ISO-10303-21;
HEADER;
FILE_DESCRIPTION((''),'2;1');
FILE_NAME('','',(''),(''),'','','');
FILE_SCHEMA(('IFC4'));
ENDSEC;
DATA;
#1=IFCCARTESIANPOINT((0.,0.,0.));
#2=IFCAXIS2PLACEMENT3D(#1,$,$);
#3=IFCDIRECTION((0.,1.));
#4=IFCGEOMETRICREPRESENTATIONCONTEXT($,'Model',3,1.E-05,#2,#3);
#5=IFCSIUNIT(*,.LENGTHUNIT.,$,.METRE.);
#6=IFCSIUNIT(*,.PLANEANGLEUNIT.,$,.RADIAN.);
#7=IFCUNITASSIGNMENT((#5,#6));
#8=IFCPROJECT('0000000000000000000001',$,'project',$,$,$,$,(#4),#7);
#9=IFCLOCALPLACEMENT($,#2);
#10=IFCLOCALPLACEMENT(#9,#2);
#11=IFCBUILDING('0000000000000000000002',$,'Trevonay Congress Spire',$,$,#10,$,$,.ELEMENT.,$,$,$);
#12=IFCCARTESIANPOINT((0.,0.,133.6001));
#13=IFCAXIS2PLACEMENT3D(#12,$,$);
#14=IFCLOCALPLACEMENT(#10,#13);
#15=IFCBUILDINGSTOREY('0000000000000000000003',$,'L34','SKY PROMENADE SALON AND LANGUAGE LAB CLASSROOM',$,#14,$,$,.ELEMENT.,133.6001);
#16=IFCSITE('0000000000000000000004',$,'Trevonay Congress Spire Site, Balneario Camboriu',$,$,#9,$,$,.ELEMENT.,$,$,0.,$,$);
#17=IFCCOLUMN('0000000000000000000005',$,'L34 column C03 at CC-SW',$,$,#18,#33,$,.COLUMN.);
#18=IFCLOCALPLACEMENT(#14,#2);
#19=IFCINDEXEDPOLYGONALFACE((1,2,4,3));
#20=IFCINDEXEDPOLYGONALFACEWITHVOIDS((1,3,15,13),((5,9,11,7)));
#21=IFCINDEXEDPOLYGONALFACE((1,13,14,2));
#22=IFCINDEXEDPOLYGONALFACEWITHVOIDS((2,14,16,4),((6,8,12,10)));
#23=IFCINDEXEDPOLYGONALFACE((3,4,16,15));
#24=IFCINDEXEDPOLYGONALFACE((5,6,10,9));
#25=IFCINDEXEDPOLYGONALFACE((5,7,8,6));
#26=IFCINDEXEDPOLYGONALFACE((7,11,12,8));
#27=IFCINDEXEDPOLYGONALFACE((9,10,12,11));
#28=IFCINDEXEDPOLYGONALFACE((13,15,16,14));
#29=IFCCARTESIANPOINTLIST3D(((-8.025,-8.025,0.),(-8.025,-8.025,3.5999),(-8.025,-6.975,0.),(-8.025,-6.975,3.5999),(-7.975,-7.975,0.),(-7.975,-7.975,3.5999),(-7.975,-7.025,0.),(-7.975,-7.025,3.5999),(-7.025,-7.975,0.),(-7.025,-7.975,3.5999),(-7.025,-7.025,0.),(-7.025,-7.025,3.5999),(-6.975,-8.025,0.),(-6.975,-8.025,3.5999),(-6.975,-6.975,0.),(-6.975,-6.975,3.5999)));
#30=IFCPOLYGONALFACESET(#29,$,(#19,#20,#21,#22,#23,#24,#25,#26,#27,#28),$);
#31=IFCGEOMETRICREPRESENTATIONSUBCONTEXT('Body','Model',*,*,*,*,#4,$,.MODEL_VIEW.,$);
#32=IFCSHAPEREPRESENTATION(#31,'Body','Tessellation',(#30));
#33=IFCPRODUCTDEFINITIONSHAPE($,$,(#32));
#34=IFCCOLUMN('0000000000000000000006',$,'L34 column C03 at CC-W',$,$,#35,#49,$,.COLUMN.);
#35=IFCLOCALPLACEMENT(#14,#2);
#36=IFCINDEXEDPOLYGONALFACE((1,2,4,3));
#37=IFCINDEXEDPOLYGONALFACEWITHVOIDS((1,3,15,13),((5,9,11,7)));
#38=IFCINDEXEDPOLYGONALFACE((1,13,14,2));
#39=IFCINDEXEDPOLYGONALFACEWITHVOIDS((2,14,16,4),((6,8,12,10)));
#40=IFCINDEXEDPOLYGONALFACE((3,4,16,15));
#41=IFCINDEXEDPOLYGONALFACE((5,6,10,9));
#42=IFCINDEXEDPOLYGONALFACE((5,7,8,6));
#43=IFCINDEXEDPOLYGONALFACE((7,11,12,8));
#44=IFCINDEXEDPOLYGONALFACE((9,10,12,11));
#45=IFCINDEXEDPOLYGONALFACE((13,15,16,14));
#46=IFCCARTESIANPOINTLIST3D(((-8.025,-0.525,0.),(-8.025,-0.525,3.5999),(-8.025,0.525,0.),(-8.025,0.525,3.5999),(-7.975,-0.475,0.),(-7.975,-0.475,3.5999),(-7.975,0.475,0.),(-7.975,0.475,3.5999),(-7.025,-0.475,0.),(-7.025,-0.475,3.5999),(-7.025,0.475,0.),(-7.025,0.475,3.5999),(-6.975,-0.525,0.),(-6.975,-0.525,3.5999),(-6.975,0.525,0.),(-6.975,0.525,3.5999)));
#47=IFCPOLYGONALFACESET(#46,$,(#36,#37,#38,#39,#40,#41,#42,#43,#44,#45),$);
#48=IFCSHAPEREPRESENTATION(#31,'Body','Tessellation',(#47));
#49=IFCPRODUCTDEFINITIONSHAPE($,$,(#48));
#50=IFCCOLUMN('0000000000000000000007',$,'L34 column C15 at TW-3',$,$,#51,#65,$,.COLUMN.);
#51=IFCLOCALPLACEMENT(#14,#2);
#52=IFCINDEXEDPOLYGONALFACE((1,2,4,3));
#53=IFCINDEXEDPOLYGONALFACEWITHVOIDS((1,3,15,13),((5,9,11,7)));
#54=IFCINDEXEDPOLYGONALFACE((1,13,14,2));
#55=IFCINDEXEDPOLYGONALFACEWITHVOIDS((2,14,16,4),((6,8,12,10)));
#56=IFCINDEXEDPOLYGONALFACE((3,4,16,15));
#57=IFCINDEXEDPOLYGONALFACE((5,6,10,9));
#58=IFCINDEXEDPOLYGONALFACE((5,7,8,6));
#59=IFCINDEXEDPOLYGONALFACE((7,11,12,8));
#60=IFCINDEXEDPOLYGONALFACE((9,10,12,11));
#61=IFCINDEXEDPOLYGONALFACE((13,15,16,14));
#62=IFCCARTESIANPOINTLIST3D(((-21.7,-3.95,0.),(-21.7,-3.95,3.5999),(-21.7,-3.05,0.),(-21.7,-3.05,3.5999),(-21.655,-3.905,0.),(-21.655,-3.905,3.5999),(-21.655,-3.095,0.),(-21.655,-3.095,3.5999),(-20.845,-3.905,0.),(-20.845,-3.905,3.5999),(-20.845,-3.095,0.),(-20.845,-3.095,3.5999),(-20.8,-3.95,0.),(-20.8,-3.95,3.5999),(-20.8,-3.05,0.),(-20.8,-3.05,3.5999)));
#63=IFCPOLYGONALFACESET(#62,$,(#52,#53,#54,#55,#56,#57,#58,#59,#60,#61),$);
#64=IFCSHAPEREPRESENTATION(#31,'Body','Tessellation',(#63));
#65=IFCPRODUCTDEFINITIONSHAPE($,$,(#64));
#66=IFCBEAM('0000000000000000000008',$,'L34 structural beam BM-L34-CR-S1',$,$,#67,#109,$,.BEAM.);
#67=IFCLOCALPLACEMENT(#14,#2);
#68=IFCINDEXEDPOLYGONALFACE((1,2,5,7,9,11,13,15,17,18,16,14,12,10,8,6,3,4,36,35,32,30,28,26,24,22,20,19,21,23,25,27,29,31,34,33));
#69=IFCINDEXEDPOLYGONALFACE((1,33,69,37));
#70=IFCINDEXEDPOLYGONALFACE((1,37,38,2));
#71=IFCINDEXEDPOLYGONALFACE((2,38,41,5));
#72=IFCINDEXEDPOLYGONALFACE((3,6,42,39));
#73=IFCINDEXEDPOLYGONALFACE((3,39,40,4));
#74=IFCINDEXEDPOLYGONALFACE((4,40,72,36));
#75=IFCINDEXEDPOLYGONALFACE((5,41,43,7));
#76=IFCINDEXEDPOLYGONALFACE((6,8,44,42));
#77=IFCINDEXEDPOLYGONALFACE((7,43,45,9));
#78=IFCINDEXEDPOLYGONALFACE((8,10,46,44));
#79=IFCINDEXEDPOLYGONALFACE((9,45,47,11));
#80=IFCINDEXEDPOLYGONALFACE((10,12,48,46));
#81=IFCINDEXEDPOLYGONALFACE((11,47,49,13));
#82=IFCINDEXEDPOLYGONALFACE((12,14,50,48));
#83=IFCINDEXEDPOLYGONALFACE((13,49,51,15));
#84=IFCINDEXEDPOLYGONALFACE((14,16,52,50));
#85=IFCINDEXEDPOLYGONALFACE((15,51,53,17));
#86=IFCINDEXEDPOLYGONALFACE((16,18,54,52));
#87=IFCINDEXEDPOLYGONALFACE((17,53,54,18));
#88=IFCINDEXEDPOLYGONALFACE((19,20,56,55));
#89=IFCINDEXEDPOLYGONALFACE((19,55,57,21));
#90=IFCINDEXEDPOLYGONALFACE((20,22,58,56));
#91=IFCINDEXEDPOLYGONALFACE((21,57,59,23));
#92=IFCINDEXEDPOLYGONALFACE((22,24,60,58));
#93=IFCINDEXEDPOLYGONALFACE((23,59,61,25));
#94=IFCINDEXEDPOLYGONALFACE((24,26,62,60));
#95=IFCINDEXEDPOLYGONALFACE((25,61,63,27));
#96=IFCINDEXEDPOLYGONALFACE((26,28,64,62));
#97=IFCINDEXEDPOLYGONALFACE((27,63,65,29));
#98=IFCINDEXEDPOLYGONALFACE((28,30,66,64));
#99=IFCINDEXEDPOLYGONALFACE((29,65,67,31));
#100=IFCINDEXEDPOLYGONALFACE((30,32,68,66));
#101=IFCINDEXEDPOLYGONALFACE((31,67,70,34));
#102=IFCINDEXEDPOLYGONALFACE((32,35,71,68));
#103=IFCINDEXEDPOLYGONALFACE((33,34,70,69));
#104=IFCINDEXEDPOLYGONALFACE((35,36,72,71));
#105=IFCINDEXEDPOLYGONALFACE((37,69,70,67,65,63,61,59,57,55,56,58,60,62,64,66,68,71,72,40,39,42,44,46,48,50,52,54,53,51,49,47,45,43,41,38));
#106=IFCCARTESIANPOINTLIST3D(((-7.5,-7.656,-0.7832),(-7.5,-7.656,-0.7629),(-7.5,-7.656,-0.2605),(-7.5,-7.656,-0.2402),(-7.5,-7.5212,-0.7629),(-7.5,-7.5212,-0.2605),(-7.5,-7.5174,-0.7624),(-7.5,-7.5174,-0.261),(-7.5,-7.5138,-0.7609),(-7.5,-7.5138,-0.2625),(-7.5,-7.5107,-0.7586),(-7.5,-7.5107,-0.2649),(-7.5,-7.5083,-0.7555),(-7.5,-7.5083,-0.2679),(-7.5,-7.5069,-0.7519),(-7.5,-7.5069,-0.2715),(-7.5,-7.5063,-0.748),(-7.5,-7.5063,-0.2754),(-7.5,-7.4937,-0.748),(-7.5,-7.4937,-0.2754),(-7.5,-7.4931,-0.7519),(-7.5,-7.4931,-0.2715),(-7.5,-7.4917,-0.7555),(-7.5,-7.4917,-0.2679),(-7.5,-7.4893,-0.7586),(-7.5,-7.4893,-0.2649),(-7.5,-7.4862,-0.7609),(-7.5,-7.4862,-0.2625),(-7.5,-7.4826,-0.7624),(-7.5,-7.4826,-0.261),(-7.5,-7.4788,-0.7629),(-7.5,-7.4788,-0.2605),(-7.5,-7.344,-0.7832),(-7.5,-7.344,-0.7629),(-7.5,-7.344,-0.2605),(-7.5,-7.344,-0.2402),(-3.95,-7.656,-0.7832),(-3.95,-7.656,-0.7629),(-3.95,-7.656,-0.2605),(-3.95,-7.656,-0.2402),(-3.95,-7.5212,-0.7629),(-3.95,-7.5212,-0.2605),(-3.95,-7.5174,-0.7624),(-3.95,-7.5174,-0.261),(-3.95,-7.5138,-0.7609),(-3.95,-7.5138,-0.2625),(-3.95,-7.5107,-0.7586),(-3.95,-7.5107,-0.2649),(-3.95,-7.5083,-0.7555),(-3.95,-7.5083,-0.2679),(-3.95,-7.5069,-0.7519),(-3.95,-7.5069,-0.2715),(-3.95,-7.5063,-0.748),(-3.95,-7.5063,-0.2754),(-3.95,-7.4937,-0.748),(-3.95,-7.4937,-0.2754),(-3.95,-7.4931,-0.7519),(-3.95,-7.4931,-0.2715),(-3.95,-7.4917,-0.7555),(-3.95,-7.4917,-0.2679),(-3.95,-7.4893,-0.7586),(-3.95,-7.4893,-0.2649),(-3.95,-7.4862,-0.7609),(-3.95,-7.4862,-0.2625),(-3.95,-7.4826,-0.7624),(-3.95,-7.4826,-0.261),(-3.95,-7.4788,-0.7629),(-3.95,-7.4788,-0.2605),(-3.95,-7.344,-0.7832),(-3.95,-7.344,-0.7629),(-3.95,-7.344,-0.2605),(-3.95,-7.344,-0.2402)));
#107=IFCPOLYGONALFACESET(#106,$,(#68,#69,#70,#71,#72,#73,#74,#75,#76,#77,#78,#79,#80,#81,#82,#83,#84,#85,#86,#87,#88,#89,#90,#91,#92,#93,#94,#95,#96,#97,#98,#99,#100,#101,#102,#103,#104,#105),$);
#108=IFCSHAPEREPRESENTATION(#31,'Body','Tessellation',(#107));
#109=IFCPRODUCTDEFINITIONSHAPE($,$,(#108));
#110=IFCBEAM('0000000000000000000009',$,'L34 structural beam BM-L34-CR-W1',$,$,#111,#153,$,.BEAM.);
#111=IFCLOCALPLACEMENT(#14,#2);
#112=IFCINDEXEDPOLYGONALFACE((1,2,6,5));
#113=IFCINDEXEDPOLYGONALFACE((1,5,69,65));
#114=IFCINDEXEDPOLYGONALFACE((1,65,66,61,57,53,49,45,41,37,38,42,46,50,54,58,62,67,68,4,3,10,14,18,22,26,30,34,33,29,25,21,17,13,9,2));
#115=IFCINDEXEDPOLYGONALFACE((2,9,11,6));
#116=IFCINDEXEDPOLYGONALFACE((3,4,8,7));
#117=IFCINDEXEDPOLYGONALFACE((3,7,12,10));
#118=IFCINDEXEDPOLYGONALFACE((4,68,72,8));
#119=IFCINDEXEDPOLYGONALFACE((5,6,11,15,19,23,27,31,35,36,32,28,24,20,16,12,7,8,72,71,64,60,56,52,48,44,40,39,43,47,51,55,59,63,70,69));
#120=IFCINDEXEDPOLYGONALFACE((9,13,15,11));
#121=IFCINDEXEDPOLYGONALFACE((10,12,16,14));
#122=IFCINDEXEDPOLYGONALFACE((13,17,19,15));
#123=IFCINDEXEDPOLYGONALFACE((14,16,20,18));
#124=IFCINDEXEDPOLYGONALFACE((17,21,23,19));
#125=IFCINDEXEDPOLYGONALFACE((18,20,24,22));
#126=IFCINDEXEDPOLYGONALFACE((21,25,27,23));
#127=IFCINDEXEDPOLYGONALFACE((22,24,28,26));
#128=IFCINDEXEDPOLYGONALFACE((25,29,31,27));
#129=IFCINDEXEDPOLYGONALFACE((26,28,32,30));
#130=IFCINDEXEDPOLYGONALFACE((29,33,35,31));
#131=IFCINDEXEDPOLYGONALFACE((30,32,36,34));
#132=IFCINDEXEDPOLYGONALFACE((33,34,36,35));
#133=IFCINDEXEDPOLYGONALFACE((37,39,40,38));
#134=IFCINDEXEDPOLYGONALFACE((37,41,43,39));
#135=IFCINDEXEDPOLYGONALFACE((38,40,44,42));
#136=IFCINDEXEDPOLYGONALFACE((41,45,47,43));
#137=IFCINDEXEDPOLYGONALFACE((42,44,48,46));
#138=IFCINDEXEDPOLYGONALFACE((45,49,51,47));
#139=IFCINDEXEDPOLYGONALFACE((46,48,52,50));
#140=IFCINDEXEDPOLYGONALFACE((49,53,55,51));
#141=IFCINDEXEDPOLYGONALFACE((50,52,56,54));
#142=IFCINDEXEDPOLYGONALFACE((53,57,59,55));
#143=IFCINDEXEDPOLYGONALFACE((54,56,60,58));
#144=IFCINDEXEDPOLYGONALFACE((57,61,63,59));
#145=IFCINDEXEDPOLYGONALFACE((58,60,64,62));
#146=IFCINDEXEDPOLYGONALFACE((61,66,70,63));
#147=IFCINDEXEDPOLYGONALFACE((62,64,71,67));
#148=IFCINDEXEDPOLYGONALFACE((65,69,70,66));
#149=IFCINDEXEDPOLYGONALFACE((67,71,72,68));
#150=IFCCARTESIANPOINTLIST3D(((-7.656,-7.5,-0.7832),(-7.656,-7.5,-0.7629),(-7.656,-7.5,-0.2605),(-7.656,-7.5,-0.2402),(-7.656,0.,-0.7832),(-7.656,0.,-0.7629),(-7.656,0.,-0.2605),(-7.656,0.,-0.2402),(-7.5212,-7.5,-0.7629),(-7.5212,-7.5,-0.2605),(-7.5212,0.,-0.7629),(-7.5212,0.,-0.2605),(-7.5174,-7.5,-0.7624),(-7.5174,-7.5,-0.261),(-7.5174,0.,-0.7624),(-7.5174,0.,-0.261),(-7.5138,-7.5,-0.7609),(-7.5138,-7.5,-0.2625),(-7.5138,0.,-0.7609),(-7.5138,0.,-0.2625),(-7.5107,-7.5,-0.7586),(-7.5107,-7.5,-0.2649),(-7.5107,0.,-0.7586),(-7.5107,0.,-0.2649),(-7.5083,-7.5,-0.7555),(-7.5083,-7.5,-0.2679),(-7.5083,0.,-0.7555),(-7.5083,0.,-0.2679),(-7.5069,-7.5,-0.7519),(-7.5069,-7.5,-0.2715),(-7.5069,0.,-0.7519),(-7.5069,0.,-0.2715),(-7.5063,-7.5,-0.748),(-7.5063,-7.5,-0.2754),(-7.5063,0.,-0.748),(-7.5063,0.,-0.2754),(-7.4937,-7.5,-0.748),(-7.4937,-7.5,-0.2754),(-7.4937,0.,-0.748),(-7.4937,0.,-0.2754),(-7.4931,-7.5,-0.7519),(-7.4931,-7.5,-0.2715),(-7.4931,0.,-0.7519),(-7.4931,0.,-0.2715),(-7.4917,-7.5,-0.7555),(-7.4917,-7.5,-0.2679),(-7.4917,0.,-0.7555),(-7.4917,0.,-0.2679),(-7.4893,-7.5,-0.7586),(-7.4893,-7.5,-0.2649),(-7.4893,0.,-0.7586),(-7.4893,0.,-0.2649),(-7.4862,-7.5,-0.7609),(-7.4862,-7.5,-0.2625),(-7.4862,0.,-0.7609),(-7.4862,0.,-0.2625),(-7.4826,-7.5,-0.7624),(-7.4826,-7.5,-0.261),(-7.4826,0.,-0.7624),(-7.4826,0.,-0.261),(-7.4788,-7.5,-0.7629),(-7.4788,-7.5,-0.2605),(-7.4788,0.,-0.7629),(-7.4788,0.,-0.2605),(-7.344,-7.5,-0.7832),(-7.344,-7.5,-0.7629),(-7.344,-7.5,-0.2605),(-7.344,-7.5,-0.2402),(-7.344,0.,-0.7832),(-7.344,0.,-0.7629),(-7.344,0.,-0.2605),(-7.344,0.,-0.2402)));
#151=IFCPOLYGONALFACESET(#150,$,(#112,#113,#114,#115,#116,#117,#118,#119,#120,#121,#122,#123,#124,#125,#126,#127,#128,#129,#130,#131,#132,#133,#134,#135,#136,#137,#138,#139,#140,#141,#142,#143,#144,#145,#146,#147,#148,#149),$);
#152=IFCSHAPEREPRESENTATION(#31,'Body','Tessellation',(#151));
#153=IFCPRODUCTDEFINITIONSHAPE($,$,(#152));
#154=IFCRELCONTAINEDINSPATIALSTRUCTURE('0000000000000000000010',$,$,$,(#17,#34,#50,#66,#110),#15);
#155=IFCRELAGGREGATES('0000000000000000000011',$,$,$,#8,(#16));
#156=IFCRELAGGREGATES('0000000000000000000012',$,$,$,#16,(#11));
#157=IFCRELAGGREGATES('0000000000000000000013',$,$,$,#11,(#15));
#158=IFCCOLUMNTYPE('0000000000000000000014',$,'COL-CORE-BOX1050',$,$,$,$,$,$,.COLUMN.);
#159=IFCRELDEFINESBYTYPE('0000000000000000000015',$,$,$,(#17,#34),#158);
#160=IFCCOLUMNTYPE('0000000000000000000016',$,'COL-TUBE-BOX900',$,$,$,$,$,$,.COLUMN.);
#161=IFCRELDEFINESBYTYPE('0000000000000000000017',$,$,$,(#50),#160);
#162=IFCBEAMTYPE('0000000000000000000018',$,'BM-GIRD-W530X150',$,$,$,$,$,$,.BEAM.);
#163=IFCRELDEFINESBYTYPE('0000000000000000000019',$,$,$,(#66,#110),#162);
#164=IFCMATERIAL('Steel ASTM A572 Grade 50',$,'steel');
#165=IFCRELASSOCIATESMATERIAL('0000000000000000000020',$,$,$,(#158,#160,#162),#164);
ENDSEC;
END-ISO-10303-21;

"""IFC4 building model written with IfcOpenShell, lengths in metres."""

from ifc_helpers import new_model, si_unit, direction, frame, origin, origin_2d, place, context, subcontext, project, spatial, hollow_rectangle, i_section, extrude, material, material_profile, profile_set, type_object, element, save


model = new_model("IFC4")

# Units and contexts
model_context = context("Model", 3, precision=1e-05, world=origin(), true_north=direction((0.0, 1.0)))
body_context = subcontext(model_context, "Body", "Model", "MODEL_VIEW")
ifc_project = project(units=[si_unit("LENGTHUNIT", "METRE"), si_unit("PLANEANGLEUNIT", "RADIAN")], contexts=[model_context])

# Site, building, storey
site_placement = place(None, origin())
site = spatial("IfcSite", under=ifc_project, at=site_placement, Name="Trevonay Congress Spire Site, Balneario Camboriu", CompositionType="ELEMENT", RefElevation=0.0)
building_placement = place(site_placement, origin())
building = spatial("IfcBuilding", under=site, at=building_placement, Name="Trevonay Congress Spire", CompositionType="ELEMENT")
storey_placement = place(building_placement, frame((0.0, 0.0, 133.6001)))
storey = spatial("IfcBuildingStorey", under=building, at=storey_placement, Name="L34", Description="SKY PROMENADE SALON AND LANGUAGE LAB CLASSROOM", CompositionType="ELEMENT", Elevation=133.6001)

# Columns
ifc_material_1 = material(Name="Steel ASTM A572 Grade 50", Category="steel")
ifc_material_profile_1 = material_profile(ifc_material_1, hollow_rectangle(XDim=1.05, YDim=1.05, WallThickness=0.05, at=origin_2d()), Name="BOX 1050x1050x50")
ifc_profile_set_1 = profile_set([ifc_material_profile_1], Name="Steel ASTM A572 Grade 50")
column_type_1 = type_object("IfcColumnType", Name="COL-CORE-BOX1050", PredefinedType="COLUMN", material=ifc_profile_set_1)
for number, where, z_axis, x_axis, name in (
    (1, (-7.5, -7.5, 0.0), (0.0, 0.0, 1.0), (1.0, 0.0, 0.0), "L34 column C03 at CC-SW"),
    (2, (-7.5, 0.0, 0.0), (0.0, 0.0, 1.0), (1.0, 0.0, 0.0), "L34 column C03 at CC-W"),
):
    element("IfcColumn", number, at=place(storey_placement, frame(where, z_axis=z_axis, x_axis=x_axis)), inside=storey, type_object=column_type_1, Name=name, PredefinedType="COLUMN", context=body_context, shape_type="SweptSolid", body=[
        extrude(hollow_rectangle(XDim=1.05, YDim=1.05, WallThickness=0.05, at=origin_2d()), origin(), (0.0, 0.0, 1.0), 3.5999),
    ])
ifc_material_profile_2 = material_profile(ifc_material_1, hollow_rectangle(XDim=0.8999, YDim=0.8999, WallThickness=0.0449, at=origin_2d()), Name="BOX 900x900x45")
ifc_profile_set_2 = profile_set([ifc_material_profile_2], Name="Steel ASTM A572 Grade 50")
column_type_2 = type_object("IfcColumnType", Name="COL-TUBE-BOX900", PredefinedType="COLUMN", material=ifc_profile_set_2)
column_placement = place(storey_placement, frame((-21.25, -3.5, 0.0), z_axis=(0.0, 0.0, 1.0), x_axis=(1.0, 0.0, 0.0)))
element("IfcColumn", 3, at=column_placement, inside=storey, type_object=column_type_2, Name="L34 column C15 at TW-3", PredefinedType="COLUMN", context=body_context, shape_type="SweptSolid", body=[
    extrude(hollow_rectangle(XDim=0.8999, YDim=0.8999, WallThickness=0.0449, at=origin_2d()), origin(), (0.0, 0.0, 1.0), 3.5999),
])

# Beams
ifc_material_profile_3 = material_profile(ifc_material_1, i_section(OverallWidth=0.312, OverallDepth=0.543, WebThickness=0.0127, FlangeThickness=0.0203, FilletRadius=0.0149, at=origin_2d()), Name="W530x150")
ifc_profile_set_3 = profile_set([ifc_material_profile_3], Name="Steel ASTM A572 Grade 50")
beam_type_1 = type_object("IfcBeamType", Name="BM-GIRD-W530X150", PredefinedType="BEAM", material=ifc_profile_set_3)
beam_1_placement = place(storey_placement, frame((-7.5, -7.5, -0.5117), z_axis=(1.0, 0.0, 0.0), x_axis=(0.0, 1.0, 0.0)))
element("IfcBeam", 4, at=beam_1_placement, inside=storey, type_object=beam_type_1, Name="L34 structural beam BM-L34-CR-S1", PredefinedType="BEAM", context=body_context, shape_type="SweptSolid", body=[
    extrude(i_section(OverallWidth=0.312, OverallDepth=0.543, WebThickness=0.0127, FlangeThickness=0.0203, FilletRadius=0.0149, at=origin_2d()), origin(), (0.0, 0.0, 1.0), 3.55),
])
beam_2_placement = place(storey_placement, frame((-7.5, -7.5, -0.5117), z_axis=(0.0, 1.0, 0.0), x_axis=(-1.0, 0.0, 0.0)))
element("IfcBeam", 5, at=beam_2_placement, inside=storey, type_object=beam_type_1, Name="L34 structural beam BM-L34-CR-W1", PredefinedType="BEAM", context=body_context, shape_type="SweptSolid", body=[
    extrude(i_section(OverallWidth=0.312, OverallDepth=0.543, WebThickness=0.0127, FlangeThickness=0.0203, FilletRadius=0.0149, at=origin_2d()), origin(), (0.0, 0.0, 1.0), 7.5),
])

save(model, "model.ifc")
